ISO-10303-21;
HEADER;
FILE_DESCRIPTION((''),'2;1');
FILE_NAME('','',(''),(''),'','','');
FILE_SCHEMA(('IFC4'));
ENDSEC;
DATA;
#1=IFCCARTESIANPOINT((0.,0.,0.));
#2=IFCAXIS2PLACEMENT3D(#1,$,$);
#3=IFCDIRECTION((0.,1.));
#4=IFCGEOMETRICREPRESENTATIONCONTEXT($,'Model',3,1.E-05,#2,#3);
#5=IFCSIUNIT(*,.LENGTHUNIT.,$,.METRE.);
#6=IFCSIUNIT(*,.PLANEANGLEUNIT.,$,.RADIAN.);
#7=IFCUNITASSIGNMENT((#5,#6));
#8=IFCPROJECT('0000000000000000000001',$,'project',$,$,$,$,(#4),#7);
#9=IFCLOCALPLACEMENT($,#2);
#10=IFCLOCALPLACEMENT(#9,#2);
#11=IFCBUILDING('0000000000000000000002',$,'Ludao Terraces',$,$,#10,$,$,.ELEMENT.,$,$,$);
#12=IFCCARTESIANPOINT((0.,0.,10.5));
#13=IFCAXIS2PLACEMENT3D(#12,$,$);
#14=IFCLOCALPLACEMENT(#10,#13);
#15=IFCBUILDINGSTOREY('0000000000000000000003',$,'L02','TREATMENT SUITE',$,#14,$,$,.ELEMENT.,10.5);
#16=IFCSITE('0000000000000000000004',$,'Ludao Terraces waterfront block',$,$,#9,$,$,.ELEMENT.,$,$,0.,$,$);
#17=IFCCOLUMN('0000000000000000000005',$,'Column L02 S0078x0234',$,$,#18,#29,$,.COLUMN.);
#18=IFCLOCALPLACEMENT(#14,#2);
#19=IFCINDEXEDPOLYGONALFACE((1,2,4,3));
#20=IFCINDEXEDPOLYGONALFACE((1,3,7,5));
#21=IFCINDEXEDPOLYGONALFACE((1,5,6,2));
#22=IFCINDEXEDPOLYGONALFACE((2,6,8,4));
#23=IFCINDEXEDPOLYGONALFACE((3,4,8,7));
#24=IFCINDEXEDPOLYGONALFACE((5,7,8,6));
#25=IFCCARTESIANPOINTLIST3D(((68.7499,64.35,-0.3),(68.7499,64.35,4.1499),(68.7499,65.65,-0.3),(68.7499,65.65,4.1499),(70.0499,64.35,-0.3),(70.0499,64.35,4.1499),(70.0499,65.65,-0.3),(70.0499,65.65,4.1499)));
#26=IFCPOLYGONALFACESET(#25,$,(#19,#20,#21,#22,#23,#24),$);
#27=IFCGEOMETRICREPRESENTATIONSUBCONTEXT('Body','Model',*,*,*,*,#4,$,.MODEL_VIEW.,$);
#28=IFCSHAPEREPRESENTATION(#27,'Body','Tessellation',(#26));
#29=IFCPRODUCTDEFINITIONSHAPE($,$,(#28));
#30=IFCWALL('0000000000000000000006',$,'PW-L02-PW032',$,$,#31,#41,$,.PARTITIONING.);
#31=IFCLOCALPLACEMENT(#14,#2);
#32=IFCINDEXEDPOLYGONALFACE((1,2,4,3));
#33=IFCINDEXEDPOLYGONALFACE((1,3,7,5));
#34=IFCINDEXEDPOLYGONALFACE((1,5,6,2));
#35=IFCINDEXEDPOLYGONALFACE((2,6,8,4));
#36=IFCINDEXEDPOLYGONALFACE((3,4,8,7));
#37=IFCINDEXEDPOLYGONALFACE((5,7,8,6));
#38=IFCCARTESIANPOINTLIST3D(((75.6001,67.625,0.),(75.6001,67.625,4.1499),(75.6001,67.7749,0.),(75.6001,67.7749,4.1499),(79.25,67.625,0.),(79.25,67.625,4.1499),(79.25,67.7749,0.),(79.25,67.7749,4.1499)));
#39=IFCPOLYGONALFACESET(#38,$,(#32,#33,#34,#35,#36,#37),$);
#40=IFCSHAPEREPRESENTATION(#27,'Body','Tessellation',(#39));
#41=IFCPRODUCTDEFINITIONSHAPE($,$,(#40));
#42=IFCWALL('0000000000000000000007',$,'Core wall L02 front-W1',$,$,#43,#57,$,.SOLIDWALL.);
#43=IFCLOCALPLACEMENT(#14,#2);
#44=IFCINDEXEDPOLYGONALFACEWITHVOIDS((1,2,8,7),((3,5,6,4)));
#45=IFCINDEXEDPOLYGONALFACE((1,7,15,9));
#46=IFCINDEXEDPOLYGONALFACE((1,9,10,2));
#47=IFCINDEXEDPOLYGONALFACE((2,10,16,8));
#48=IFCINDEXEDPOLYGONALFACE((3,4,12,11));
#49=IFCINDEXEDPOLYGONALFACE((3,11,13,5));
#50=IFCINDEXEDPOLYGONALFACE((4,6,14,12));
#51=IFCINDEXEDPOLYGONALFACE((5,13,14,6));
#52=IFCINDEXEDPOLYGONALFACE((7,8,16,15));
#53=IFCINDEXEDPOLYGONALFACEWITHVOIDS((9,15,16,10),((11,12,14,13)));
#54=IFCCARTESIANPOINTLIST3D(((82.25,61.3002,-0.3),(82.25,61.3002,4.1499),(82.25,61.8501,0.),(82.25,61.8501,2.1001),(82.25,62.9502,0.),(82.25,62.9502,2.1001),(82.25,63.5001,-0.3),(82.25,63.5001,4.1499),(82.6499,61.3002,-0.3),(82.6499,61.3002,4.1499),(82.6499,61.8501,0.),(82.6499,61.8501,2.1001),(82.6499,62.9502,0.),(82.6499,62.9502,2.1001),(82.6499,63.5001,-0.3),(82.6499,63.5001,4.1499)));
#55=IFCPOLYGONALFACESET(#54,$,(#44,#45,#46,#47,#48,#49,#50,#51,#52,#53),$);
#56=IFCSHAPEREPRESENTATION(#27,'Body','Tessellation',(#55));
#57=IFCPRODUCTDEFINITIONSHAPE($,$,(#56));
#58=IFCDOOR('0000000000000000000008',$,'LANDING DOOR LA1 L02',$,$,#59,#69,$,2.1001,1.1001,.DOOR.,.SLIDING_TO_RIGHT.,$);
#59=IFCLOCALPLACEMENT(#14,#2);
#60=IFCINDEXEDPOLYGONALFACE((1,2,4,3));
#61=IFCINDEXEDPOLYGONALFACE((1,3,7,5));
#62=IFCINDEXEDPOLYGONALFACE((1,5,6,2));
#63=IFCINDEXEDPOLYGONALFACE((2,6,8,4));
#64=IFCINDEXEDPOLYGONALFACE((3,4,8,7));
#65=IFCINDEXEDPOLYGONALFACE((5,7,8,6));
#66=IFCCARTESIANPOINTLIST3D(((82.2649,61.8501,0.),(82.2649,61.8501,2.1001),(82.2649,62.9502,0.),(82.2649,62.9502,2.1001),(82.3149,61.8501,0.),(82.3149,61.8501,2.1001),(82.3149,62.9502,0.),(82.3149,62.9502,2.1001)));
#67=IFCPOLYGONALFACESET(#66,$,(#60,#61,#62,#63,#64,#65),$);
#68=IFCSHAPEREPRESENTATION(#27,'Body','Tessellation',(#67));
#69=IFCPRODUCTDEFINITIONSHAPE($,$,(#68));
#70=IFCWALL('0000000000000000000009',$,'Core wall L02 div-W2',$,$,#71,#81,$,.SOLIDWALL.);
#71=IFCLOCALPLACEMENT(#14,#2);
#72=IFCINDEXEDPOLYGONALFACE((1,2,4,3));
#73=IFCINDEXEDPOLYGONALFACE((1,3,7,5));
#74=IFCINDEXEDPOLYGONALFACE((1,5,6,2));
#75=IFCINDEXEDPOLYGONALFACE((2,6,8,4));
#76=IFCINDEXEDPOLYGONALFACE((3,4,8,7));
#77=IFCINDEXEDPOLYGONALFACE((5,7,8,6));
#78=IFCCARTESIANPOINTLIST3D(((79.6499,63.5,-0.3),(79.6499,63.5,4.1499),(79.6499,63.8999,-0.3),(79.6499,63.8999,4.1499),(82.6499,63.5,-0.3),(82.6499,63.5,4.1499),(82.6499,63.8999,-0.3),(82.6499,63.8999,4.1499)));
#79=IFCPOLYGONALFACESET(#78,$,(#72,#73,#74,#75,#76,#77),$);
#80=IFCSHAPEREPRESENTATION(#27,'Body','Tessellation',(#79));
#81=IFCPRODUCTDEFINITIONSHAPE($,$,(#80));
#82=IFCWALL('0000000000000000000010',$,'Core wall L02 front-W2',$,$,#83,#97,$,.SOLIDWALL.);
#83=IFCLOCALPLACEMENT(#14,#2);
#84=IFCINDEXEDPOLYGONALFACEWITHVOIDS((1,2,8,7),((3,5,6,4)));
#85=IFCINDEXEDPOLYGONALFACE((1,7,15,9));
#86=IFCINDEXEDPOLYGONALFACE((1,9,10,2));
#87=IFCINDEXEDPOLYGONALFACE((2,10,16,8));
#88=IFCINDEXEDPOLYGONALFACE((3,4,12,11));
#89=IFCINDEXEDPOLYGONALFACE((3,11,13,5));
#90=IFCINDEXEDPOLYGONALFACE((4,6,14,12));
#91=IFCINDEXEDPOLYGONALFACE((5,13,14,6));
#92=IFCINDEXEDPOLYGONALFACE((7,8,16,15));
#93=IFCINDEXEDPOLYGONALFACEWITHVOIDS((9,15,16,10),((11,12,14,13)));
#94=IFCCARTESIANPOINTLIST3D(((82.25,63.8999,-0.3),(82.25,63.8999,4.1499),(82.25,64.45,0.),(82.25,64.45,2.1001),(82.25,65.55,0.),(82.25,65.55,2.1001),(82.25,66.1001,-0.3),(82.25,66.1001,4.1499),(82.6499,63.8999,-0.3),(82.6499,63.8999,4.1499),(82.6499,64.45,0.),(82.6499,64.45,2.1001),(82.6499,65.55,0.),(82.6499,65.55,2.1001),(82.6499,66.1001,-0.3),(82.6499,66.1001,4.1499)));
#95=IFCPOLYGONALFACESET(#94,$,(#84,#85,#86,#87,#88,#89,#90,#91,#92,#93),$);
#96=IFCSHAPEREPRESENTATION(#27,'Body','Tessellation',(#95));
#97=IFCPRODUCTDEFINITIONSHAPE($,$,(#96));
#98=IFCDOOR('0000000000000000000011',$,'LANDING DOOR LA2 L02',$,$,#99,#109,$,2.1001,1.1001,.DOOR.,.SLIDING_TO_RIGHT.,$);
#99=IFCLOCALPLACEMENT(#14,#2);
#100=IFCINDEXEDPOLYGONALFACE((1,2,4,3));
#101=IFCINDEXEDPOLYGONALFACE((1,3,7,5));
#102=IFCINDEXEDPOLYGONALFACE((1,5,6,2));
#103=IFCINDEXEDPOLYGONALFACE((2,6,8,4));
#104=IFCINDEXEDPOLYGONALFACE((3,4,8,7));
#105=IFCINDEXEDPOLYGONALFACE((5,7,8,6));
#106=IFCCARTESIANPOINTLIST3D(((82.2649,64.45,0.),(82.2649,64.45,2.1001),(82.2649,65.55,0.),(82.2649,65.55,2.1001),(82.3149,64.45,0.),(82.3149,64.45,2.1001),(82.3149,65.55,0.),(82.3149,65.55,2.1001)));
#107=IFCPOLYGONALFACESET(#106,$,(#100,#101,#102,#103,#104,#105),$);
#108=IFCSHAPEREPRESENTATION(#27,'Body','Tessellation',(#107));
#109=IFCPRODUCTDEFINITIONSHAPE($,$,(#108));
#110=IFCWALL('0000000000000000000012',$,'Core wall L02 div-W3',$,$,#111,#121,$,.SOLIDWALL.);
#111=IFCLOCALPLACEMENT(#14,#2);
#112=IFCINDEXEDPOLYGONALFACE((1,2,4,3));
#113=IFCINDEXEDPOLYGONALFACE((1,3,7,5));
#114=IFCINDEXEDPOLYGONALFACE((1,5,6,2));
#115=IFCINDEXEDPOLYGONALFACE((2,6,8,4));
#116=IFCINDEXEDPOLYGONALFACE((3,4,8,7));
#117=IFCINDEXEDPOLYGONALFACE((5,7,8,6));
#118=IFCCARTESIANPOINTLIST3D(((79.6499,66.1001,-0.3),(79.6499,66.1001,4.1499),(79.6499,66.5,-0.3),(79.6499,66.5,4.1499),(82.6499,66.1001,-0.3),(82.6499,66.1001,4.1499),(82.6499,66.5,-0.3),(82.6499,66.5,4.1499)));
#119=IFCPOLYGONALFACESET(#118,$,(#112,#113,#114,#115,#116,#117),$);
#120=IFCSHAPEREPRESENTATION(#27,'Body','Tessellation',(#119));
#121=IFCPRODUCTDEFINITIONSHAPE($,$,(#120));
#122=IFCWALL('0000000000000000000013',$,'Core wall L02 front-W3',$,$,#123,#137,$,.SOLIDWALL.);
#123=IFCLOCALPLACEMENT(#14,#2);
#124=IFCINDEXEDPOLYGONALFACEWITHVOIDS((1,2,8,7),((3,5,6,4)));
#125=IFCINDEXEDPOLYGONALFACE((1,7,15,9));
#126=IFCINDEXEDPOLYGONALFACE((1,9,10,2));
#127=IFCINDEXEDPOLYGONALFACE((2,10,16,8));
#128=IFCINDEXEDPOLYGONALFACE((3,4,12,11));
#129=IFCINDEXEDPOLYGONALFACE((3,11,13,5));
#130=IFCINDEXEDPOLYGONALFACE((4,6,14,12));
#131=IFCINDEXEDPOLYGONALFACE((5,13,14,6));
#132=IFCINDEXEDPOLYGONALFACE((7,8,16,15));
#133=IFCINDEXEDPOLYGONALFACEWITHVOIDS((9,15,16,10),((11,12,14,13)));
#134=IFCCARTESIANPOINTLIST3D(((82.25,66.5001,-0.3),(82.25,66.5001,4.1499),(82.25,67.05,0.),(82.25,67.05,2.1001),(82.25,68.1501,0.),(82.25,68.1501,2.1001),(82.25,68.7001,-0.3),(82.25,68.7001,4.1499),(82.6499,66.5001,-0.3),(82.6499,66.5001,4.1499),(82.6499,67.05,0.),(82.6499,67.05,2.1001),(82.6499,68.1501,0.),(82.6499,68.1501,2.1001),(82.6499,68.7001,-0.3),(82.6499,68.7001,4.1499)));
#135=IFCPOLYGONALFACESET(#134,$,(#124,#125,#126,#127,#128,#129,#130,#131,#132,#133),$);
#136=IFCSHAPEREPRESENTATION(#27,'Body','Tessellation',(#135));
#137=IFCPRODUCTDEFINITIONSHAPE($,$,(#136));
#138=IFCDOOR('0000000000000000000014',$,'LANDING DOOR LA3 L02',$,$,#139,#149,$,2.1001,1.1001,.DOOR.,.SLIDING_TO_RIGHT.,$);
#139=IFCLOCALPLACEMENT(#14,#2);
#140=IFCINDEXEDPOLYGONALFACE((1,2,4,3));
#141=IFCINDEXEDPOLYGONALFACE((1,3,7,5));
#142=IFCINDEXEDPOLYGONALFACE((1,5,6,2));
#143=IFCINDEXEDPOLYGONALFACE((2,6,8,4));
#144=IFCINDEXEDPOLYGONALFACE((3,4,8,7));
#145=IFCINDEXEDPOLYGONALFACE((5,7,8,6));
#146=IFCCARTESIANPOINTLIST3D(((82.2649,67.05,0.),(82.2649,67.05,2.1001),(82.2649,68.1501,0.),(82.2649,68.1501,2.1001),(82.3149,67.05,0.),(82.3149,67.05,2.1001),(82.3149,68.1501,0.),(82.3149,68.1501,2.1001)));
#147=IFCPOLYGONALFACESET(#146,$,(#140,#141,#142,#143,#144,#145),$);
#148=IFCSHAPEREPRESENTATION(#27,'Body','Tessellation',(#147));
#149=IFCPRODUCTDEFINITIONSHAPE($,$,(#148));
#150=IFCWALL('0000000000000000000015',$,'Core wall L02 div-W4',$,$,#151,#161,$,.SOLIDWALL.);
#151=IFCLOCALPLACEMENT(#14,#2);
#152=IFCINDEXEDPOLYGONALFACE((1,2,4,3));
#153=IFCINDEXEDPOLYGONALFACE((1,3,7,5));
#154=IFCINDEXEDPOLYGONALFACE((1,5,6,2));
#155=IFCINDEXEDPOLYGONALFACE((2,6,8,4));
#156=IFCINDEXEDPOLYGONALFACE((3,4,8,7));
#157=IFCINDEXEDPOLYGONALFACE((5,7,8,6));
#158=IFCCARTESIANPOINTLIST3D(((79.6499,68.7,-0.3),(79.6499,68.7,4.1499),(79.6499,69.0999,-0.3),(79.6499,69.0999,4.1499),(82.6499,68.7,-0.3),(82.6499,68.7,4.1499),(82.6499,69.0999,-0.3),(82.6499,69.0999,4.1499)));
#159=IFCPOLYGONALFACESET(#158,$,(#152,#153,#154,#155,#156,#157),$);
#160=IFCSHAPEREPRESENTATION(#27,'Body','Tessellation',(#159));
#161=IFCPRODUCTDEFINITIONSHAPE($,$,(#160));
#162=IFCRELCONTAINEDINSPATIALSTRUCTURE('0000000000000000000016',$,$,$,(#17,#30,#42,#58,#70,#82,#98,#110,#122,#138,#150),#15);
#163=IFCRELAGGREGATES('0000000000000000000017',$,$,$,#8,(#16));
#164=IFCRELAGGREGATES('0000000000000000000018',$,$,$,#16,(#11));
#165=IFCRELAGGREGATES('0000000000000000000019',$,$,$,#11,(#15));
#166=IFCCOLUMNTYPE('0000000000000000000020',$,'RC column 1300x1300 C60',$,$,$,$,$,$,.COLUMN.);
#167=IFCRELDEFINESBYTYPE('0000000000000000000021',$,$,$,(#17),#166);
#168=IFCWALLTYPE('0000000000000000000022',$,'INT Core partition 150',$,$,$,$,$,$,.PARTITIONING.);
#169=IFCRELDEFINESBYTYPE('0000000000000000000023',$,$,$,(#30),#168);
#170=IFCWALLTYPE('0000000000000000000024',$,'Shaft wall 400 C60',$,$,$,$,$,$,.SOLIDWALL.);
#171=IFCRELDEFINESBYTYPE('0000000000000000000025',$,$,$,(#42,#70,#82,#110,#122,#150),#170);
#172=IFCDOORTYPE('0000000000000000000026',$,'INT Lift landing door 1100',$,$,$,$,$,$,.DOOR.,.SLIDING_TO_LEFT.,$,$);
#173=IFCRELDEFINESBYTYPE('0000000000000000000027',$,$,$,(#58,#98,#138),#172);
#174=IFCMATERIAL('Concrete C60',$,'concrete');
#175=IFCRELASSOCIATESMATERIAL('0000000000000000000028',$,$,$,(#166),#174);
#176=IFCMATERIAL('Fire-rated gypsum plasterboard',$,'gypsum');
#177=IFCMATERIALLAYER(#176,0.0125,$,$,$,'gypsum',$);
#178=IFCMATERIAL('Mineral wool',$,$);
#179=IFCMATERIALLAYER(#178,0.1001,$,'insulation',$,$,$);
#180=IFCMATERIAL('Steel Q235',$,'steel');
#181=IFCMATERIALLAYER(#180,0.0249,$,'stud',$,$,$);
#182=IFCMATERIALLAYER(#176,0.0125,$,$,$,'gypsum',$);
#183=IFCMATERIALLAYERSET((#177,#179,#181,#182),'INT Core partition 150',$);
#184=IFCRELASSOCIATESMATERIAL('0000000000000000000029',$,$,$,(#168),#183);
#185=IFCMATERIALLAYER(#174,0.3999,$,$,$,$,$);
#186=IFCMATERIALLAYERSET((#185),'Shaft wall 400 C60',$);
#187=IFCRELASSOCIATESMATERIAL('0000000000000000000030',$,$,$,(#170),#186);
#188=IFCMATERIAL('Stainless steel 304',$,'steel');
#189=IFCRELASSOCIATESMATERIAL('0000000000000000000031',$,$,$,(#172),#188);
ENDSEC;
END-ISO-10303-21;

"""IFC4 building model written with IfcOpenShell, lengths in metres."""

from ifc_helpers import new_model, si_unit, direction, frame, frame_2d, origin, origin_2d, place, context, subcontext, project, spatial, rectangle, extrude, material, layer, layer_set, material_profile, profile_set, type_object, element, fill, save


model = new_model("IFC4")

# Units and contexts
model_context = context("Model", 3, precision=1e-05, world=origin(), true_north=direction((0.0, 1.0)))
body_context = subcontext(model_context, "Body", "Model", "MODEL_VIEW")
ifc_project = project(units=[si_unit("LENGTHUNIT", "METRE"), si_unit("PLANEANGLEUNIT", "RADIAN")], contexts=[model_context])

# Site, building, storey
site_placement = place(None, origin())
site = spatial("IfcSite", under=ifc_project, at=site_placement, Name="Ludao Terraces waterfront block", CompositionType="ELEMENT", RefElevation=0.0)
building_placement = place(site_placement, origin())
building = spatial("IfcBuilding", under=site, at=building_placement, Name="Ludao Terraces", CompositionType="ELEMENT")
storey_placement = place(building_placement, frame((0.0, 0.0, 10.5)))
storey = spatial("IfcBuildingStorey", under=building, at=storey_placement, Name="L02", Description="TREATMENT SUITE", CompositionType="ELEMENT", Elevation=10.5)

# Column
ifc_material_1 = material(Name="Concrete C60", Category="concrete")
ifc_material_profile = material_profile(ifc_material_1, rectangle(XDim=1.3, YDim=1.3, at=origin_2d()), Name="1300 X 1300")
ifc_profile_set = profile_set([ifc_material_profile], Name="Concrete C60")
column_type = type_object("IfcColumnType", Name="RC column 1300x1300 C60", PredefinedType="COLUMN", material=ifc_profile_set)
column_placement = place(storey_placement, frame((69.3999, 65.0, -0.3), z_axis=(0.0, 0.0, 1.0), x_axis=(1.0, 0.0, 0.0)))
element("IfcColumn", 1, at=column_placement, inside=storey, type_object=column_type, Name="Column L02 S0078x0234", PredefinedType="COLUMN", context=body_context, shape_type="SweptSolid", body=[
    extrude(rectangle(XDim=1.3, YDim=1.3, at=origin_2d()), origin(), (0.0, 0.0, 1.0), 4.45),
])

# Wall
ifc_material_2 = material(Name="Fire-rated gypsum plasterboard", Category="gypsum")
ifc_layer_1 = layer(ifc_material_2, 0.0125, Category="gypsum")
ifc_material_3 = material(Name="Mineral wool")
ifc_layer_2 = layer(ifc_material_3, 0.1001, Name="insulation")
ifc_material_4 = material(Name="Steel Q235", Category="steel")
ifc_layer_3 = layer(ifc_material_4, 0.0249, Name="stud")
ifc_layer_4 = layer(ifc_material_2, 0.0125, Category="gypsum")
ifc_layer_set_1 = layer_set([ifc_layer_1, ifc_layer_2, ifc_layer_3, ifc_layer_4], Name="INT Core partition 150")
wall_type_1 = type_object("IfcWallType", Name="INT Core partition 150", PredefinedType="PARTITIONING", material=ifc_layer_set_1)
wall_1_placement = place(storey_placement, frame((75.6001, 67.7, 0.0), z_axis=(0.0, 0.0, 1.0), x_axis=(1.0, 0.0, 0.0)))
element("IfcWall", 2, at=wall_1_placement, inside=storey, type_object=wall_type_1, Name="PW-L02-PW032", PredefinedType="PARTITIONING", context=body_context, shape_type="SweptSolid", body=[
    extrude(rectangle(XDim=3.6499, YDim=0.1499, at=frame_2d((1.825, 0.0))), origin(), (0.0, 0.0, 1.0), 4.1499),
])

# Wall, opening, door
ifc_layer_5 = layer(ifc_material_1, 0.3999)
ifc_layer_set_2 = layer_set([ifc_layer_5], Name="Shaft wall 400 C60")
wall_type_2 = type_object("IfcWallType", Name="Shaft wall 400 C60", PredefinedType="SOLIDWALL", material=ifc_layer_set_2)
wall_2_placement = place(storey_placement, frame((82.45, 61.3, -0.3), z_axis=(0.0, 0.0, 1.0), x_axis=(0.0, 1.0, 0.0)))
wall_2 = element("IfcWall", 3, at=wall_2_placement, inside=storey, type_object=wall_type_2, Name="Core wall L02 front-W1", PredefinedType="SOLIDWALL", context=body_context, shape_type="SweptSolid", body=[
    extrude(rectangle(XDim=2.2, YDim=0.3999, at=frame_2d((1.1001, 0.0))), origin(), (0.0, 0.0, 1.0), 4.45),
])
opening_1_placement = place(wall_2_placement, frame((0.55, 0.0, 0.3)))
opening_1 = element("IfcOpeningElement", 4, at=opening_1_placement, cuts=wall_2, PredefinedType="OPENING", context=body_context, shape_type="SweptSolid", body=[
    extrude(rectangle(XDim=1.1001, YDim=2.1001, at=frame_2d((0.55, 1.05))), frame((0.0, 0.21, 0.0), z_axis=(0.0, -1.0, 0.0), x_axis=(1.0, 0.0, 0.0)), (0.0, 0.0, 1.0), 0.4199),
])
ifc_material_5 = material(Name="Stainless steel 304", Category="steel")
door_type = type_object("IfcDoorType", Name="INT Lift landing door 1100", OperationType="SLIDING_TO_LEFT", PredefinedType="DOOR", material=ifc_material_5)
door_1_placement = place(opening_1_placement, origin())
door_1 = element("IfcDoor", 5, at=door_1_placement, inside=storey, type_object=door_type, Name="LANDING DOOR LA1 L02", OperationType="SLIDING_TO_RIGHT", OverallHeight=2.1001, OverallWidth=1.1001, PredefinedType="DOOR", context=body_context, shape_type="SweptSolid", body=[
    extrude(rectangle(XDim=1.1001, YDim=2.1001, at=frame_2d((0.55, 1.05))), frame((0.0, 0.1851, 0.0), z_axis=(0.0, -1.0, 0.0), x_axis=(1.0, 0.0, 0.0)), (0.0, 0.0, 1.0), 0.05),
])
fill(opening_1, door_1)

# Wall
wall_3_placement = place(storey_placement, frame((79.6499, 63.7, -0.3), z_axis=(0.0, 0.0, 1.0), x_axis=(1.0, 0.0, 0.0)))
element("IfcWall", 6, at=wall_3_placement, inside=storey, type_object=wall_type_2, Name="Core wall L02 div-W2", PredefinedType="SOLIDWALL", context=body_context, shape_type="SweptSolid", body=[
    extrude(rectangle(XDim=3.0, YDim=0.3999, at=frame_2d((1.5, 0.0))), origin(), (0.0, 0.0, 1.0), 4.45),
])

# Wall, opening, door
wall_4_placement = place(storey_placement, frame((82.45, 63.8999, -0.3), z_axis=(0.0, 0.0, 1.0), x_axis=(0.0, 1.0, 0.0)))
wall_4 = element("IfcWall", 7, at=wall_4_placement, inside=storey, type_object=wall_type_2, Name="Core wall L02 front-W2", PredefinedType="SOLIDWALL", context=body_context, shape_type="SweptSolid", body=[
    extrude(rectangle(XDim=2.2002, YDim=0.3999, at=frame_2d((1.1001, 0.0))), origin(), (0.0, 0.0, 1.0), 4.45),
])
opening_2_placement = place(wall_4_placement, frame((0.55, 0.0, 0.3)))
opening_2 = element("IfcOpeningElement", 8, at=opening_2_placement, cuts=wall_4, PredefinedType="OPENING", context=body_context, shape_type="SweptSolid", body=[
    extrude(rectangle(XDim=1.1001, YDim=2.1001, at=frame_2d((0.55, 1.05))), frame((0.0, 0.21, 0.0), z_axis=(0.0, -1.0, 0.0), x_axis=(1.0, 0.0, 0.0)), (0.0, 0.0, 1.0), 0.4199),
])
door_2_placement = place(opening_2_placement, origin())
door_2 = element("IfcDoor", 9, at=door_2_placement, inside=storey, type_object=door_type, Name="LANDING DOOR LA2 L02", OperationType="SLIDING_TO_RIGHT", OverallHeight=2.1001, OverallWidth=1.1001, PredefinedType="DOOR", context=body_context, shape_type="SweptSolid", body=[
    extrude(rectangle(XDim=1.1001, YDim=2.1001, at=frame_2d((0.55, 1.05))), frame((0.0, 0.1851, 0.0), z_axis=(0.0, -1.0, 0.0), x_axis=(1.0, 0.0, 0.0)), (0.0, 0.0, 1.0), 0.05),
])
fill(opening_2, door_2)

# Wall
wall_5_placement = place(storey_placement, frame((79.6499, 66.3, -0.3), z_axis=(0.0, 0.0, 1.0), x_axis=(1.0, 0.0, 0.0)))
element("IfcWall", 10, at=wall_5_placement, inside=storey, type_object=wall_type_2, Name="Core wall L02 div-W3", PredefinedType="SOLIDWALL", context=body_context, shape_type="SweptSolid", body=[
    extrude(rectangle(XDim=3.0, YDim=0.3999, at=frame_2d((1.5, 0.0))), origin(), (0.0, 0.0, 1.0), 4.45),
])

# Wall, opening, door
wall_6_placement = place(storey_placement, frame((82.45, 66.5, -0.3), z_axis=(0.0, 0.0, 1.0), x_axis=(0.0, 1.0, 0.0)))
wall_6 = element("IfcWall", 11, at=wall_6_placement, inside=storey, type_object=wall_type_2, Name="Core wall L02 front-W3", PredefinedType="SOLIDWALL", context=body_context, shape_type="SweptSolid", body=[
    extrude(rectangle(XDim=2.2, YDim=0.3999, at=frame_2d((1.1001, 0.0))), origin(), (0.0, 0.0, 1.0), 4.45),
])
opening_3_placement = place(wall_6_placement, frame((0.55, 0.0, 0.3)))
opening_3 = element("IfcOpeningElement", 12, at=opening_3_placement, cuts=wall_6, PredefinedType="OPENING", context=body_context, shape_type="SweptSolid", body=[
    extrude(rectangle(XDim=1.1001, YDim=2.1001, at=frame_2d((0.55, 1.05))), frame((0.0, 0.21, 0.0), z_axis=(0.0, -1.0, 0.0), x_axis=(1.0, 0.0, 0.0)), (0.0, 0.0, 1.0), 0.4199),
])
door_3_placement = place(opening_3_placement, origin())
door_3 = element("IfcDoor", 13, at=door_3_placement, inside=storey, type_object=door_type, Name="LANDING DOOR LA3 L02", OperationType="SLIDING_TO_RIGHT", OverallHeight=2.1001, OverallWidth=1.1001, PredefinedType="DOOR", context=body_context, shape_type="SweptSolid", body=[
    extrude(rectangle(XDim=1.1001, YDim=2.1001, at=frame_2d((0.55, 1.05))), frame((0.0, 0.1851, 0.0), z_axis=(0.0, -1.0, 0.0), x_axis=(1.0, 0.0, 0.0)), (0.0, 0.0, 1.0), 0.05),
])
fill(opening_3, door_3)

# Wall
wall_7_placement = place(storey_placement, frame((79.6499, 68.8999, -0.3), z_axis=(0.0, 0.0, 1.0), x_axis=(1.0, 0.0, 0.0)))
element("IfcWall", 14, at=wall_7_placement, inside=storey, type_object=wall_type_2, Name="Core wall L02 div-W4", PredefinedType="SOLIDWALL", context=body_context, shape_type="SweptSolid", body=[
    extrude(rectangle(XDim=3.0, YDim=0.3999, at=frame_2d((1.5, 0.0))), origin(), (0.0, 0.0, 1.0), 4.45),
])

save(model, "model.ifc")
